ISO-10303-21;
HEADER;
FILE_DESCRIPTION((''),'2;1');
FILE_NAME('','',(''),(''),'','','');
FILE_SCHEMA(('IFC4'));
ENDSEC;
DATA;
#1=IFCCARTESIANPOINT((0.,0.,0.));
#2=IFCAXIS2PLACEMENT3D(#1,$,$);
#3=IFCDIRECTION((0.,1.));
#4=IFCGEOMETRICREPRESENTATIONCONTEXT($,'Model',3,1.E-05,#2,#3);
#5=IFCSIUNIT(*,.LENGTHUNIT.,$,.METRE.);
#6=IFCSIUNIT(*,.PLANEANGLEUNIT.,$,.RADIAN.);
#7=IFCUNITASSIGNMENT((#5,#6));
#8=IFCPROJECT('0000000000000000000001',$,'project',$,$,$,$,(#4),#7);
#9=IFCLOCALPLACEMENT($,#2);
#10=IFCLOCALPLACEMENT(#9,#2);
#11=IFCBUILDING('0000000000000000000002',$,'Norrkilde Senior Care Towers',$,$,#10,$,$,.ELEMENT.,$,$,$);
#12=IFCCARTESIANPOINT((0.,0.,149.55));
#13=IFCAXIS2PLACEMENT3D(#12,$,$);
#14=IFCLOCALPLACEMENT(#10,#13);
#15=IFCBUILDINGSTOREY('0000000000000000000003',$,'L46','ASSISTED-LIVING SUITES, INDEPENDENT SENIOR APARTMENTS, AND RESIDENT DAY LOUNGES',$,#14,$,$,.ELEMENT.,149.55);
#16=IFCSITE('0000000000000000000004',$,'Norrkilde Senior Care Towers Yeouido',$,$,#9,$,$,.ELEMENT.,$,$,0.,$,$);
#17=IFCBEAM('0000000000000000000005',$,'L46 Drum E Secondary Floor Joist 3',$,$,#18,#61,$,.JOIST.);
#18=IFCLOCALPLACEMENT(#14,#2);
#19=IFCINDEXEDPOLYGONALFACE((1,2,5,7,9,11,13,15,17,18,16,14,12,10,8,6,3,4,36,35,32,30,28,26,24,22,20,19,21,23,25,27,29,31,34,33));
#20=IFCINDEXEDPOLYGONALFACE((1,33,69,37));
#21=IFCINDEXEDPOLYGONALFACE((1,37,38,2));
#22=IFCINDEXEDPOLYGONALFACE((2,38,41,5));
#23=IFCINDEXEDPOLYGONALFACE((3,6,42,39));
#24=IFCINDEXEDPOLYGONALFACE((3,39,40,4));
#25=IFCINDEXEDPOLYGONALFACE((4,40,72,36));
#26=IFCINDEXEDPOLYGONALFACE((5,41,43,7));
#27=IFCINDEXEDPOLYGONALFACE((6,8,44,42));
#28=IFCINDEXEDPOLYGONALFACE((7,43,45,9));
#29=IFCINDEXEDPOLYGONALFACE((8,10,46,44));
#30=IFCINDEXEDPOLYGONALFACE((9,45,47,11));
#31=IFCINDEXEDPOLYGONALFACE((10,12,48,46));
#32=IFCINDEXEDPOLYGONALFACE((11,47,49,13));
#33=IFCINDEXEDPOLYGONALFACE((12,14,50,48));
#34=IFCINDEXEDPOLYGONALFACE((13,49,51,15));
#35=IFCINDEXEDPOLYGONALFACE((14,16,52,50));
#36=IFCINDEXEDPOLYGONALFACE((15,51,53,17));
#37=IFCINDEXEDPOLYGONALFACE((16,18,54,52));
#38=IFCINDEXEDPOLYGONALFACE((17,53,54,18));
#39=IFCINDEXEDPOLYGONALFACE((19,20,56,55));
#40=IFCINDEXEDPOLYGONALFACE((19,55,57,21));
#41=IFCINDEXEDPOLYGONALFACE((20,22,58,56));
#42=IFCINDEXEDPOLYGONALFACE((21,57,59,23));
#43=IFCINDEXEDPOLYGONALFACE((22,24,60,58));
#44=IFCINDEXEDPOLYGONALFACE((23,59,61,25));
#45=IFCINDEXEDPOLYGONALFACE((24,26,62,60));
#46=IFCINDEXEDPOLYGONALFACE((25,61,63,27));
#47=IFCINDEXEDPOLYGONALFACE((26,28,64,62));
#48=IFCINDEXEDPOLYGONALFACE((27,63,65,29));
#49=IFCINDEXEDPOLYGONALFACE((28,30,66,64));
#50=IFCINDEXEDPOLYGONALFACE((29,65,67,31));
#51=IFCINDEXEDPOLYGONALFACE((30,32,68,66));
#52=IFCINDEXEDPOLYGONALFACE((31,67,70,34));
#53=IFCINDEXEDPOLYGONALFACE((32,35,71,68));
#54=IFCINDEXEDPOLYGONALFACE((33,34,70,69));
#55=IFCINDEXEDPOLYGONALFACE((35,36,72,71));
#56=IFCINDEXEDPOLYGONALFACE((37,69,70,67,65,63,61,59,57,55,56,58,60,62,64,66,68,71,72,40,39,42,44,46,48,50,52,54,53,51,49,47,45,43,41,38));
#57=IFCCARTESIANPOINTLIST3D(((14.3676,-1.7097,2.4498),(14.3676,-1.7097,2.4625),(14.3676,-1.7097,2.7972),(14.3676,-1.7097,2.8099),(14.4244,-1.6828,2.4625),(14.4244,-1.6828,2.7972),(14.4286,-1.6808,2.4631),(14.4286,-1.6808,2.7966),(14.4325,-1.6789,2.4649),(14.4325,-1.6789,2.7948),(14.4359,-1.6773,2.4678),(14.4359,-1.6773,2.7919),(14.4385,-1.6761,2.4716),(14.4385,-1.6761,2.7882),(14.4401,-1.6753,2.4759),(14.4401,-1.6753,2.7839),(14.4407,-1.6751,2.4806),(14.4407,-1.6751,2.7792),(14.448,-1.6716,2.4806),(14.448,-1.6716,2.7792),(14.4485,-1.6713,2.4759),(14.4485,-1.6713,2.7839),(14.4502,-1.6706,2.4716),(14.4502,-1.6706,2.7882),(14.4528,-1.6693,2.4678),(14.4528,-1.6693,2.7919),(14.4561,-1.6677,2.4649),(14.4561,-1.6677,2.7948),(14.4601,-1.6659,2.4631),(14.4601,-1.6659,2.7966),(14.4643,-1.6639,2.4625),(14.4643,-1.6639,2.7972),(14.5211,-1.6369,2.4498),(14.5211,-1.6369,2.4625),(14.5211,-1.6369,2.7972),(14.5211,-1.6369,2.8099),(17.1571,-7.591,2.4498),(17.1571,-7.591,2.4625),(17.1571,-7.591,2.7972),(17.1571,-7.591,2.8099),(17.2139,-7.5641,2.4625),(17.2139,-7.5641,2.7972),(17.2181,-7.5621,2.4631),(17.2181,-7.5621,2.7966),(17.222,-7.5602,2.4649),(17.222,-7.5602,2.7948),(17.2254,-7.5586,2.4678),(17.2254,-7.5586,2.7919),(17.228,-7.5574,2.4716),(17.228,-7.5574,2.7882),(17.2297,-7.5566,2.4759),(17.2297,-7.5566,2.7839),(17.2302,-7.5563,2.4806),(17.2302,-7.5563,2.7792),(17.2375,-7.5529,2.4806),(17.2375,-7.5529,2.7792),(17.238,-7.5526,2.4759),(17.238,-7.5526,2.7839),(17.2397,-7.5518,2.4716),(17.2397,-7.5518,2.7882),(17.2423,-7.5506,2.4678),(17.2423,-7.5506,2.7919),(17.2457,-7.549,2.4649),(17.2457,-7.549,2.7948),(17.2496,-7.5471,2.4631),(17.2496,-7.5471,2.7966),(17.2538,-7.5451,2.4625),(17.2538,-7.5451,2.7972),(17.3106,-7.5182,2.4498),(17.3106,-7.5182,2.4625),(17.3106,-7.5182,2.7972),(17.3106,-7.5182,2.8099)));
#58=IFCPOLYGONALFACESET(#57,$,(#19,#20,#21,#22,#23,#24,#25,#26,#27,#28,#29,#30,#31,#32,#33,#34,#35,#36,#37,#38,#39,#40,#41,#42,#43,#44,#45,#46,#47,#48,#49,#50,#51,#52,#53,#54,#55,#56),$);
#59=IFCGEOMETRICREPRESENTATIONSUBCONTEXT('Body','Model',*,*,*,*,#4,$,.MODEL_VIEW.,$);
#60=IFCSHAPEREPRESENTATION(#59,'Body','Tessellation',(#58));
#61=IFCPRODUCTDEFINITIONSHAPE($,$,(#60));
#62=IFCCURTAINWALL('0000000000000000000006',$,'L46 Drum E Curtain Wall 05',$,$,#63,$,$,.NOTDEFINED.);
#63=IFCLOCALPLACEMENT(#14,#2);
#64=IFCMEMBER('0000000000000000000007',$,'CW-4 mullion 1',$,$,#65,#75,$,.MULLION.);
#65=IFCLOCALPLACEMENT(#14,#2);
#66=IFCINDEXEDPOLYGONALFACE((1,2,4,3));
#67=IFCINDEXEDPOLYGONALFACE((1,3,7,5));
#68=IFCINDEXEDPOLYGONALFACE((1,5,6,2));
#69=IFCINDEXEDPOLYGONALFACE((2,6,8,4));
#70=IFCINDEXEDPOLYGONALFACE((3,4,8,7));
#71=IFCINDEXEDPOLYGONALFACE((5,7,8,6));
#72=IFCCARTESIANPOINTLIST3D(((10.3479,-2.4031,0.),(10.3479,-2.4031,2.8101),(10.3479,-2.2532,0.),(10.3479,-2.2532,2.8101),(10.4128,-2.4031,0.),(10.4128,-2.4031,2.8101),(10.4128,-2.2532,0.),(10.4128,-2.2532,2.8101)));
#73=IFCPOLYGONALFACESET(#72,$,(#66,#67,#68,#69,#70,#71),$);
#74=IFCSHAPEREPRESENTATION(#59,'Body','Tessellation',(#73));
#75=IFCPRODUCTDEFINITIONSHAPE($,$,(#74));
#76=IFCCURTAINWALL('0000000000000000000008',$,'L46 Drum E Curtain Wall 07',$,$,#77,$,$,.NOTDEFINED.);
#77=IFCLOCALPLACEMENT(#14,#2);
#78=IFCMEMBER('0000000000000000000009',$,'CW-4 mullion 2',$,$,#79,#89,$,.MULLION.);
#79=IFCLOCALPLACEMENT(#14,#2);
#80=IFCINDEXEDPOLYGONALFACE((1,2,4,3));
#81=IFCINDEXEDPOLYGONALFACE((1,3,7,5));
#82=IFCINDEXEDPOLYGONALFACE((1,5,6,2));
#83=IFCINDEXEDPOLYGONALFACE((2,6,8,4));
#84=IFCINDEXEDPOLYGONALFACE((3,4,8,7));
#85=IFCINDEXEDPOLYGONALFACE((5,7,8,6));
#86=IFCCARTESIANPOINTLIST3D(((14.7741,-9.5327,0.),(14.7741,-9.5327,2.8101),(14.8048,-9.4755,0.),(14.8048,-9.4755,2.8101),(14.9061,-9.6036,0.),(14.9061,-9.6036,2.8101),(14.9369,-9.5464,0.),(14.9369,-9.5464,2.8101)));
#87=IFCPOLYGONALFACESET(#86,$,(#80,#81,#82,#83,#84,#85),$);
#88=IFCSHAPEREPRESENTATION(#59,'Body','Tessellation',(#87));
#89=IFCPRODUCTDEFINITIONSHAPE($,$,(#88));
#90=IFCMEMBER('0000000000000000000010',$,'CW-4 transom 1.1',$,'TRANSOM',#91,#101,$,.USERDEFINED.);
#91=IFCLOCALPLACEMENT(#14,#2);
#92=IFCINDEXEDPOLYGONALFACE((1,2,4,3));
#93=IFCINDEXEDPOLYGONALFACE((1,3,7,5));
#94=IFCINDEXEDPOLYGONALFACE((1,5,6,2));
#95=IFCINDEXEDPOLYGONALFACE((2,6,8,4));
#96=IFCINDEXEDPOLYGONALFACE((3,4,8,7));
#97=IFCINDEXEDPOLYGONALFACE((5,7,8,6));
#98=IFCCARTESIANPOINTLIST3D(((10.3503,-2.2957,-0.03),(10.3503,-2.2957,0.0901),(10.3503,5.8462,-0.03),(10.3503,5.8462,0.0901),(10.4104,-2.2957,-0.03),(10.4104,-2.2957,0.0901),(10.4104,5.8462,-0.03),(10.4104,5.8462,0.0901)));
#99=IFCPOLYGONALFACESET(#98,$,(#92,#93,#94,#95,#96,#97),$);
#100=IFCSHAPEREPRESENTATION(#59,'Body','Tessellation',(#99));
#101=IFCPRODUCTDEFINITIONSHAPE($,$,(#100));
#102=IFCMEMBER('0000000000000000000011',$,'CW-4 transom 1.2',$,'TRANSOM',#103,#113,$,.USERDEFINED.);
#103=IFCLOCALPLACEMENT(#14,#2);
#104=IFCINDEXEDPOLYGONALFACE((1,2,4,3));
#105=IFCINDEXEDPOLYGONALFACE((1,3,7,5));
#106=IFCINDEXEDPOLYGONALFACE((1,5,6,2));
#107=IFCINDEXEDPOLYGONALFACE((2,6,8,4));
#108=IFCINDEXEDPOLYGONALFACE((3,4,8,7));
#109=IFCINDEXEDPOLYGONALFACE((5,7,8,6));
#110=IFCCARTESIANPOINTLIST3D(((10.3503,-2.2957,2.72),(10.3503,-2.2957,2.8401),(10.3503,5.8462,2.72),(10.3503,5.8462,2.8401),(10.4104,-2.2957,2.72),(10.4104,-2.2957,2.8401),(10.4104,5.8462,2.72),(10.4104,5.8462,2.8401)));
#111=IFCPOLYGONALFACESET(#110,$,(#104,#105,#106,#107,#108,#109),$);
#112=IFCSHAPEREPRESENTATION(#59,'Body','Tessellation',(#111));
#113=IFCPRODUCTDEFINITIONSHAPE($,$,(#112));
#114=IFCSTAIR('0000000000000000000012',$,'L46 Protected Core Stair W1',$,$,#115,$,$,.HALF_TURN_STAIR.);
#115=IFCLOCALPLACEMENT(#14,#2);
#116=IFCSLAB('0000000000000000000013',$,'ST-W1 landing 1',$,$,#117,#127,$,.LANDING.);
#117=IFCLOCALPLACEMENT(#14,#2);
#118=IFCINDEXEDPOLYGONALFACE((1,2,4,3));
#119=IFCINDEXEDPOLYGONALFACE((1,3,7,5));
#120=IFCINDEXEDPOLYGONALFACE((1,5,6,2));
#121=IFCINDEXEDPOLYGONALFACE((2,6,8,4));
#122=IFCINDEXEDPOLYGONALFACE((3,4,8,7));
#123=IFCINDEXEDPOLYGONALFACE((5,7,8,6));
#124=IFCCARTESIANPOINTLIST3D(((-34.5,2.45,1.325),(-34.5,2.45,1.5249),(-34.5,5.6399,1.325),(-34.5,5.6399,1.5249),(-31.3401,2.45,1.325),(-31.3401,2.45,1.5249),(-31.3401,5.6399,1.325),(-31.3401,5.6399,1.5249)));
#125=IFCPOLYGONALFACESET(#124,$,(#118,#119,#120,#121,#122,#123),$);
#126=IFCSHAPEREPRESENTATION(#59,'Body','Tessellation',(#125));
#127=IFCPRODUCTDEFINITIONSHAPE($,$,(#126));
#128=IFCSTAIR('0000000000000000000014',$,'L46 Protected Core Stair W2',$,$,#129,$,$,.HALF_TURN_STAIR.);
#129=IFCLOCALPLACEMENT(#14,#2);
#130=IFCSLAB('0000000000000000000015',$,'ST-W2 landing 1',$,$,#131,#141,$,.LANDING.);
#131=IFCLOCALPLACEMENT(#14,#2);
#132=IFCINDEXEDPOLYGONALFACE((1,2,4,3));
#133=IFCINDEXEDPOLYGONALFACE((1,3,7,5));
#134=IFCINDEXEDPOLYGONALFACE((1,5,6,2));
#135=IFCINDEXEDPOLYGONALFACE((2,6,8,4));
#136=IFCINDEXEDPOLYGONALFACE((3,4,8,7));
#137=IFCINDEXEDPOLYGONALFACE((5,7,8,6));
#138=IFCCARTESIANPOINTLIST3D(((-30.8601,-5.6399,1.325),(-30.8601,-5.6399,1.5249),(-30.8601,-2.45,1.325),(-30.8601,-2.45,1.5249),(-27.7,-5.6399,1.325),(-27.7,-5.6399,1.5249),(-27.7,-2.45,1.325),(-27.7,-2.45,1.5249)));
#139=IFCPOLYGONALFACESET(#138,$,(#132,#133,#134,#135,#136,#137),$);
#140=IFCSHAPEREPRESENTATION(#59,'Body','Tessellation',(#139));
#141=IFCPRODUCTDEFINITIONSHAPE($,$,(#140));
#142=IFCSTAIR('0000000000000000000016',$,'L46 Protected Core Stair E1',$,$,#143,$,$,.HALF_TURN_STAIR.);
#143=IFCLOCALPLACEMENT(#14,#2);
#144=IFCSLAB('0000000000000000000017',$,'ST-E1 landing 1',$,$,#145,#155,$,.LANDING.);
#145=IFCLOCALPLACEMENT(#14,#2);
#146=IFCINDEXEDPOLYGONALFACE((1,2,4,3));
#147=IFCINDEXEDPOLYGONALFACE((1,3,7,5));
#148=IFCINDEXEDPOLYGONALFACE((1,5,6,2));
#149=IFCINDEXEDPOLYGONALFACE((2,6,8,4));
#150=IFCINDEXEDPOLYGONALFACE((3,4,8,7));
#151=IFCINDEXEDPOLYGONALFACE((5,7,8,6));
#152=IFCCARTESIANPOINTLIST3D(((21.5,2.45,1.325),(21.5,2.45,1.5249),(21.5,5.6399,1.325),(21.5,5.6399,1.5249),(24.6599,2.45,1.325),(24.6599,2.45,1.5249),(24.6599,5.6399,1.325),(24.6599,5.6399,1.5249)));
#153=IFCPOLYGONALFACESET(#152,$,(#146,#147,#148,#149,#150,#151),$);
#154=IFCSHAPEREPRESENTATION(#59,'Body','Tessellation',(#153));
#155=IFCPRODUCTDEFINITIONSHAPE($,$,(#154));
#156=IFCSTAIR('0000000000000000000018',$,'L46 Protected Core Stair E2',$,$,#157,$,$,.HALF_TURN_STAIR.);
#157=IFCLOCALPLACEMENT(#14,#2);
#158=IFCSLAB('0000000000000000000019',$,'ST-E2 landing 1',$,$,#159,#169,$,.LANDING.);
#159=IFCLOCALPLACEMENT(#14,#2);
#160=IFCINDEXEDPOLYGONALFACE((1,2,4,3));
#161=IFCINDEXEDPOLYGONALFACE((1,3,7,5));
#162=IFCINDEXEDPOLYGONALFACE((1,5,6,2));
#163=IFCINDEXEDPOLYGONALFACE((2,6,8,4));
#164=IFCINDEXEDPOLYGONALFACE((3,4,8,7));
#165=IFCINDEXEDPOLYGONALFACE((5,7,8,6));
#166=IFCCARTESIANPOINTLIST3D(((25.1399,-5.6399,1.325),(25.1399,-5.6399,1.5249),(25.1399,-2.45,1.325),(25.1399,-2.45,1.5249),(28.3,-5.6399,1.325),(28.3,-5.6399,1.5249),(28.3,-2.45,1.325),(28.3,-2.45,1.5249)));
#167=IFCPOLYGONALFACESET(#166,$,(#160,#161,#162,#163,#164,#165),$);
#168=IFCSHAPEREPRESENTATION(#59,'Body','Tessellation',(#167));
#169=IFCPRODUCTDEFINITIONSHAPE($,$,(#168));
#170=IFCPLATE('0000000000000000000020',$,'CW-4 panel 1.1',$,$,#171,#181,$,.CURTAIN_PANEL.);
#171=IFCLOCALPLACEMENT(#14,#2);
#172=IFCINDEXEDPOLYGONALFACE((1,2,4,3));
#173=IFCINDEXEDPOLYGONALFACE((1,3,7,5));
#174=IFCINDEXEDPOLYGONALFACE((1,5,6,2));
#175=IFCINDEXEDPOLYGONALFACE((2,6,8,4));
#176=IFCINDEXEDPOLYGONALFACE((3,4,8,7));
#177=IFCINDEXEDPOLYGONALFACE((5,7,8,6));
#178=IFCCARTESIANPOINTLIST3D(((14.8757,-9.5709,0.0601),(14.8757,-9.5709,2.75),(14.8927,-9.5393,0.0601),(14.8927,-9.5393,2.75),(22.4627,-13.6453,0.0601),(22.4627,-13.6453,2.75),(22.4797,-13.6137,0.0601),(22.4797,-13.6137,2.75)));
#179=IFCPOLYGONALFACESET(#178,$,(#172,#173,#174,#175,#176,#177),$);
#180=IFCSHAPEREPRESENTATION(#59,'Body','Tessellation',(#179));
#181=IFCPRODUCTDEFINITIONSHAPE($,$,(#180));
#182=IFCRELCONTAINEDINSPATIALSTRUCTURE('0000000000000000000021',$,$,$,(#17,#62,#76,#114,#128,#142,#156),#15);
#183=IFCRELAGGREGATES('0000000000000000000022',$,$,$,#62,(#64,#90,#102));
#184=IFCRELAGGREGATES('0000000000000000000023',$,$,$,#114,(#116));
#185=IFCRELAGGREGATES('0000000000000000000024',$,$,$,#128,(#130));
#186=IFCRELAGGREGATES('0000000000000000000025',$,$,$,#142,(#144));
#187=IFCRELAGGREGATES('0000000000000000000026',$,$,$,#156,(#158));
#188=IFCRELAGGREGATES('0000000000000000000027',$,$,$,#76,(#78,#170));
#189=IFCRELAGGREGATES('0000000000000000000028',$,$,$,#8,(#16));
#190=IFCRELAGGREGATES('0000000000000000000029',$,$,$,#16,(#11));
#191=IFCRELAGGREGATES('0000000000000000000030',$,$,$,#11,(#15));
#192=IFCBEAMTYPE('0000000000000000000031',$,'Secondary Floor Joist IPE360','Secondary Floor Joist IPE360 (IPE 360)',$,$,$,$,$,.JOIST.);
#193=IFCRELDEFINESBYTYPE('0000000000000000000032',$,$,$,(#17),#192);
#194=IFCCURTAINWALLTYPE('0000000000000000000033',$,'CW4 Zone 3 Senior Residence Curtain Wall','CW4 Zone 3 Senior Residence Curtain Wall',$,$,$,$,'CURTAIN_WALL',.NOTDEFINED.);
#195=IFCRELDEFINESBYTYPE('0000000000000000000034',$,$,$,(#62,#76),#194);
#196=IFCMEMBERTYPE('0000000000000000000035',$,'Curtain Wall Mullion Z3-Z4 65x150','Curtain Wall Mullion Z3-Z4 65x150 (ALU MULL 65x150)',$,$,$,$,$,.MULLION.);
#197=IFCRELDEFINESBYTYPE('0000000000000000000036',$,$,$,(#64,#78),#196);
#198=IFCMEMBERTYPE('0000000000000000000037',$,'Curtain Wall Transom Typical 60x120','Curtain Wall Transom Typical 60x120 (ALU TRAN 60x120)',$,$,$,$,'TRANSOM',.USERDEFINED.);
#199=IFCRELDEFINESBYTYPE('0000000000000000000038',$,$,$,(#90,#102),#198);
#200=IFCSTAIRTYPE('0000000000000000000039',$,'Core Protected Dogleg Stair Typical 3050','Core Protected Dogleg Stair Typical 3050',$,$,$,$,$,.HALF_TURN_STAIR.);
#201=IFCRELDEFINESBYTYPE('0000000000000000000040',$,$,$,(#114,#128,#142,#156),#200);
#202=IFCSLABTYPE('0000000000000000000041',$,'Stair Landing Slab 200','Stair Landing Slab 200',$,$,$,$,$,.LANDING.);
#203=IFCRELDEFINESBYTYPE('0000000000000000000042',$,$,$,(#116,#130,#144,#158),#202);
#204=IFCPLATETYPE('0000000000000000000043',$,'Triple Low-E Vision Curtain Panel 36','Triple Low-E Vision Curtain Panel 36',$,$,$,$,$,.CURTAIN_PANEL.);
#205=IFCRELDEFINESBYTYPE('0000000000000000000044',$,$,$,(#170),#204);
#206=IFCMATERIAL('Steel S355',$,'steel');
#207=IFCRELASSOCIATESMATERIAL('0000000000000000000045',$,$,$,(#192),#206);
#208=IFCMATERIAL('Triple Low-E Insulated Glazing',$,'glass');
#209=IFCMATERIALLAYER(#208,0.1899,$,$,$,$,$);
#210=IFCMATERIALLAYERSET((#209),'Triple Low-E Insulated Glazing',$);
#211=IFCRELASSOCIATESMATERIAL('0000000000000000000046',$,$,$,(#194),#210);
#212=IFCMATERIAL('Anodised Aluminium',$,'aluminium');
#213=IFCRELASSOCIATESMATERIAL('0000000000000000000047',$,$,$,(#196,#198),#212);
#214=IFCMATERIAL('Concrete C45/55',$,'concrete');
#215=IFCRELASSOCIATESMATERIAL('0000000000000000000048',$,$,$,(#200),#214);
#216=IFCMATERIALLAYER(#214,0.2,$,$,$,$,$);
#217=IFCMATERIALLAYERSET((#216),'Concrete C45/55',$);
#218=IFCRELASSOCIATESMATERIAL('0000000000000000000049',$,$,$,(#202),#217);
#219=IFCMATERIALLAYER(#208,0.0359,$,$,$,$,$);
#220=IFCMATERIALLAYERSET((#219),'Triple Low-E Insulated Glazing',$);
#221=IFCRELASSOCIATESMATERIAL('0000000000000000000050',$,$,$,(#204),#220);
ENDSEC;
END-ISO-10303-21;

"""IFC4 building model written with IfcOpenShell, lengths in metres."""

from ifc_helpers import new_model, si_unit, direction, frame, origin, origin_2d, place, context, subcontext, project, spatial, polyline, rectangle, i_section, outline, extrude, source, transform, mapped, material, layer, layer_set, material_profile, profile_set, type_object, type_shapes, element, aggregate, save


model = new_model("IFC4")

# Units and contexts
model_context = context("Model", 3, precision=1e-05, world=origin(), true_north=direction((0.0, 1.0)))
body_context = subcontext(model_context, "Body", "Model", "MODEL_VIEW")
ifc_project = project(units=[si_unit("LENGTHUNIT", "METRE"), si_unit("PLANEANGLEUNIT", "RADIAN")], contexts=[model_context])

# Site, building, storey
site_placement = place(None, origin())
site = spatial("IfcSite", under=ifc_project, at=site_placement, Name="Norrkilde Senior Care Towers Yeouido", CompositionType="ELEMENT", RefElevation=0.0)
building_placement = place(site_placement, origin())
building = spatial("IfcBuilding", under=site, at=building_placement, Name="Norrkilde Senior Care Towers", CompositionType="ELEMENT")
storey_placement = place(building_placement, frame((0.0, 0.0, 149.55)))
storey = spatial("IfcBuildingStorey", under=building, at=storey_placement, Name="L46", Description="ASSISTED-LIVING SUITES, INDEPENDENT SENIOR APARTMENTS, AND RESIDENT DAY LOUNGES", CompositionType="ELEMENT", Elevation=149.55)

# Beam
ifc_material_1 = material(Name="Steel S355", Category="steel")
ifc_material_profile_1 = material_profile(ifc_material_1, i_section(OverallWidth=0.1699, OverallDepth=0.3601, WebThickness=0.0081, FlangeThickness=0.0127, FilletRadius=0.0181, at=origin_2d()), Name="IPE 360")
ifc_profile_set_1 = profile_set([ifc_material_profile_1], Name="Steel S355")
beam_type_1 = type_object("IfcBeamType", Name="Secondary Floor Joist IPE360", Description="Secondary Floor Joist IPE360 (IPE 360)", PredefinedType="JOIST", material=ifc_profile_set_1)
shared_shape_1 = source(origin(), body_context, "Body", "SweptSolid", [
    extrude(i_section(OverallWidth=0.1699, OverallDepth=0.3601, WebThickness=0.0081, FlangeThickness=0.0127, FilletRadius=0.0181, at=origin_2d()), origin(), (0.0, 0.0, 1.0), 6.5093),
])
type_shapes(beam_type_1, [shared_shape_1])
beam_1_placement = place(storey_placement, frame((14.4443, -1.6733, 2.6299), z_axis=(0.428544, -0.903521, 0.0), x_axis=(0.903521, 0.428544, 0.0)))
element("IfcBeam", 1, at=beam_1_placement, inside=storey, type_object=beam_type_1, Name="L46 Drum E Secondary Floor Joist 3", PredefinedType="JOIST", context=body_context, shape_type="MappedRepresentation", body=[
    mapped(shared_shape_1, transform((0.0, 0.0, 0.0), x_axis=(1.0, 0.0, 0.0), y_axis=(0.0, 1.0, 0.0), z_axis=(0.0, 0.0, 1.0), scale=1.0)),
])

# Curtain walls, members
ifc_material_2 = material(Name="Triple Low-E Insulated Glazing", Category="glass")
ifc_layer_1 = layer(ifc_material_2, 0.1899)
ifc_layer_set_1 = layer_set([ifc_layer_1], Name="Triple Low-E Insulated Glazing")
curtain_wall_type = type_object("IfcCurtainWallType", Name="CW4 Zone 3 Senior Residence Curtain Wall", Description="CW4 Zone 3 Senior Residence Curtain Wall", ElementType="CURTAIN_WALL", PredefinedType="NOTDEFINED", material=ifc_layer_set_1)
curtain_wall_1_placement = place(storey_placement, origin())
curtain_wall_1 = element("IfcCurtainWall", 2, at=curtain_wall_1_placement, inside=storey, type_object=curtain_wall_type, Name="L46 Drum E Curtain Wall 05", PredefinedType="NOTDEFINED")
ifc_material_3 = material(Name="Anodised Aluminium", Category="aluminium")
ifc_material_profile_2 = material_profile(ifc_material_3, rectangle(XDim=0.0649, YDim=0.1499, at=origin_2d()), Name="ALU MULL 65x150")
ifc_profile_set_2 = profile_set([ifc_material_profile_2], Name="Anodised Aluminium")
member_type_1 = type_object("IfcMemberType", Name="Curtain Wall Mullion Z3-Z4 65x150", Description="Curtain Wall Mullion Z3-Z4 65x150 (ALU MULL 65x150)", PredefinedType="MULLION", material=ifc_profile_set_2)
shared_shape_2 = source(origin(), body_context, "Body", "SweptSolid", [
    extrude(rectangle(XDim=0.0649, YDim=0.1499, at=origin_2d()), origin(), (0.0, 0.0, 1.0), 2.8101),
])
type_shapes(member_type_1, [shared_shape_2])
member_1_placement = place(storey_placement, frame((10.3804, -2.3281, 0.0), z_axis=(0.0, 0.0, 1.0), x_axis=(-1.0, 0.0, 0.0)))
member_1 = element("IfcMember", 3, at=member_1_placement, type_object=member_type_1, Name="CW-4 mullion 1", PredefinedType="MULLION", context=body_context, shape_type="MappedRepresentation", body=[
    mapped(shared_shape_2, transform((0.0, 0.0, 0.0), x_axis=(1.0, 0.0, 0.0), y_axis=(0.0, 1.0, 0.0), z_axis=(0.0, 0.0, 1.0), scale=1.0)),
])
curtain_wall_2_placement = place(storey_placement, origin())
curtain_wall_2 = element("IfcCurtainWall", 4, at=curtain_wall_2_placement, inside=storey, type_object=curtain_wall_type, Name="L46 Drum E Curtain Wall 07", PredefinedType="NOTDEFINED")
member_2_placement = place(storey_placement, frame((14.8555, -9.5396, 0.0), z_axis=(0.0, 0.0, 1.0), x_axis=(-0.473117, -0.881, 0.0)))
member_2 = element("IfcMember", 5, at=member_2_placement, type_object=member_type_1, Name="CW-4 mullion 2", PredefinedType="MULLION", context=body_context, shape_type="MappedRepresentation", body=[
    mapped(shared_shape_2, transform((0.0, 0.0, 0.0), x_axis=(1.0, 0.0, 0.0), y_axis=(0.0, 1.0, 0.0), z_axis=(0.0, 0.0, 1.0), scale=1.0)),
])

# Members
ifc_material_profile_3 = material_profile(ifc_material_3, rectangle(XDim=0.0601, YDim=0.1201, at=origin_2d()), Name="ALU TRAN 60x120")
ifc_profile_set_3 = profile_set([ifc_material_profile_3], Name="Anodised Aluminium")
member_type_2 = type_object("IfcMemberType", Name="Curtain Wall Transom Typical 60x120", Description="Curtain Wall Transom Typical 60x120 (ALU TRAN 60x120)", ElementType="TRANSOM", PredefinedType="USERDEFINED", material=ifc_profile_set_3)
shared_shape_3 = source(origin(), body_context, "Body", "SweptSolid", [
    extrude(rectangle(XDim=0.0601, YDim=0.1201, at=origin_2d()), origin(), (0.0, 0.0, 1.0), 8.1418),
])
type_shapes(member_type_2, [shared_shape_3])
member_3_placement = place(storey_placement, frame((10.3804, -2.2957, 0.03), z_axis=(0.0, 1.0, 0.0), x_axis=(-1.0, 0.0, 0.0)))
member_3 = element("IfcMember", 6, at=member_3_placement, type_object=member_type_2, Name="CW-4 transom 1.1", ObjectType="TRANSOM", PredefinedType="USERDEFINED", context=body_context, shape_type="MappedRepresentation", body=[
    mapped(shared_shape_3, transform((0.0, 0.0, 0.0), x_axis=(1.0, 0.0, 0.0), y_axis=(0.0, 1.0, 0.0), z_axis=(0.0, 0.0, 1.0), scale=1.0)),
])
member_4_placement = place(storey_placement, frame((10.3804, -2.2957, 2.78), z_axis=(0.0, 1.0, 0.0), x_axis=(-1.0, 0.0, 0.0)))
member_4 = element("IfcMember", 7, at=member_4_placement, type_object=member_type_2, Name="CW-4 transom 1.2", ObjectType="TRANSOM", PredefinedType="USERDEFINED", context=body_context, shape_type="MappedRepresentation", body=[
    mapped(shared_shape_3, transform((0.0, 0.0, 0.0), x_axis=(1.0, 0.0, 0.0), y_axis=(0.0, 1.0, 0.0), z_axis=(0.0, 0.0, 1.0), scale=1.0)),
])
aggregate(curtain_wall_1, [member_1, member_3, member_4])

# Stairs, slabs
ifc_material_4 = material(Name="Concrete C45/55", Category="concrete")
stair_type = type_object("IfcStairType", Name="Core Protected Dogleg Stair Typical 3050", Description="Core Protected Dogleg Stair Typical 3050", PredefinedType="HALF_TURN_STAIR", material=ifc_material_4)
stair_1_placement = place(storey_placement, origin())
stair_1 = element("IfcStair", 8, at=stair_1_placement, inside=storey, type_object=stair_type, Name="L46 Protected Core Stair W1", PredefinedType="HALF_TURN_STAIR")
ifc_layer_2 = layer(ifc_material_4, 0.2)
ifc_layer_set_2 = layer_set([ifc_layer_2], Name="Concrete C45/55")
slab_type = type_object("IfcSlabType", Name="Stair Landing Slab 200", Description="Stair Landing Slab 200", PredefinedType="LANDING", material=ifc_layer_set_2)
slab_1_placement = place(storey_placement, frame((0.0, 0.0, 1.325)))
slab_1 = element("IfcSlab", 9, at=slab_1_placement, type_object=slab_type, Name="ST-W1 landing 1", PredefinedType="LANDING", context=body_context, shape_type="SweptSolid", body=[
    extrude(outline(polyline([(-31.3401, 5.6399), (-34.5, 5.6399), (-34.5, 2.45), (-31.3401, 2.45), (-31.3401, 5.6399)])), origin(), (0.0, 0.0, 1.0), 0.2),
])
aggregate(stair_1, [slab_1])
stair_2_placement = place(storey_placement, origin())
stair_2 = element("IfcStair", 10, at=stair_2_placement, inside=storey, type_object=stair_type, Name="L46 Protected Core Stair W2", PredefinedType="HALF_TURN_STAIR")
slab_2_placement = place(storey_placement, frame((0.0, 0.0, 1.325)))
slab_2 = element("IfcSlab", 11, at=slab_2_placement, type_object=slab_type, Name="ST-W2 landing 1", PredefinedType="LANDING", context=body_context, shape_type="SweptSolid", body=[
    extrude(outline(polyline([(-30.8601, -5.6399), (-27.7, -5.6399), (-27.7, -2.45), (-30.8601, -2.45), (-30.8601, -5.6399)])), origin(), (0.0, 0.0, 1.0), 0.2),
])
aggregate(stair_2, [slab_2])
stair_3_placement = place(storey_placement, origin())
stair_3 = element("IfcStair", 12, at=stair_3_placement, inside=storey, type_object=stair_type, Name="L46 Protected Core Stair E1", PredefinedType="HALF_TURN_STAIR")
slab_3_placement = place(storey_placement, frame((0.0, 0.0, 1.325)))
slab_3 = element("IfcSlab", 13, at=slab_3_placement, type_object=slab_type, Name="ST-E1 landing 1", PredefinedType="LANDING", context=body_context, shape_type="SweptSolid", body=[
    extrude(outline(polyline([(24.6599, 5.6399), (21.5, 5.6399), (21.5, 2.45), (24.6599, 2.45), (24.6599, 5.6399)])), origin(), (0.0, 0.0, 1.0), 0.2),
])
aggregate(stair_3, [slab_3])
stair_4_placement = place(storey_placement, origin())
stair_4 = element("IfcStair", 14, at=stair_4_placement, inside=storey, type_object=stair_type, Name="L46 Protected Core Stair E2", PredefinedType="HALF_TURN_STAIR")
slab_4_placement = place(storey_placement, frame((0.0, 0.0, 1.325)))
slab_4 = element("IfcSlab", 15, at=slab_4_placement, type_object=slab_type, Name="ST-E2 landing 1", PredefinedType="LANDING", context=body_context, shape_type="SweptSolid", body=[
    extrude(outline(polyline([(25.1399, -5.6399), (28.3, -5.6399), (28.3, -2.45), (25.1399, -2.45), (25.1399, -5.6399)])), origin(), (0.0, 0.0, 1.0), 0.2),
])
aggregate(stair_4, [slab_4])

# Plate
ifc_layer_3 = layer(ifc_material_2, 0.0359)
ifc_layer_set_3 = layer_set([ifc_layer_3], Name="Triple Low-E Insulated Glazing")
plate_type = type_object("IfcPlateType", Name="Triple Low-E Vision Curtain Panel 36", Description="Triple Low-E Vision Curtain Panel 36", PredefinedType="CURTAIN_PANEL", material=ifc_layer_set_3)
shared_shape_4 = source(origin(), body_context, "Body", "SweptSolid", [
    extrude(rectangle(XDim=8.6118, YDim=0.0359, at=origin_2d()), origin(), (0.0, 0.0, 1.0), 2.6899),
])
type_shapes(plate_type, [shared_shape_4])
plate_placement = place(storey_placement, frame((18.6777, -11.5923, 0.0601), z_axis=(0.0, 0.0, 1.0), x_axis=(-0.881, 0.473117, 0.0)))
plate = element("IfcPlate", 16, at=plate_placement, type_object=plate_type, Name="CW-4 panel 1.1", PredefinedType="CURTAIN_PANEL", context=body_context, shape_type="MappedRepresentation", body=[
    mapped(shared_shape_4, transform((0.0, 0.0, 0.0), x_axis=(1.0, 0.0, 0.0), y_axis=(0.0, 1.0, 0.0), z_axis=(0.0, 0.0, 1.0), scale=1.0)),
])
aggregate(curtain_wall_2, [member_2, plate])

save(model, "model.ifc")
